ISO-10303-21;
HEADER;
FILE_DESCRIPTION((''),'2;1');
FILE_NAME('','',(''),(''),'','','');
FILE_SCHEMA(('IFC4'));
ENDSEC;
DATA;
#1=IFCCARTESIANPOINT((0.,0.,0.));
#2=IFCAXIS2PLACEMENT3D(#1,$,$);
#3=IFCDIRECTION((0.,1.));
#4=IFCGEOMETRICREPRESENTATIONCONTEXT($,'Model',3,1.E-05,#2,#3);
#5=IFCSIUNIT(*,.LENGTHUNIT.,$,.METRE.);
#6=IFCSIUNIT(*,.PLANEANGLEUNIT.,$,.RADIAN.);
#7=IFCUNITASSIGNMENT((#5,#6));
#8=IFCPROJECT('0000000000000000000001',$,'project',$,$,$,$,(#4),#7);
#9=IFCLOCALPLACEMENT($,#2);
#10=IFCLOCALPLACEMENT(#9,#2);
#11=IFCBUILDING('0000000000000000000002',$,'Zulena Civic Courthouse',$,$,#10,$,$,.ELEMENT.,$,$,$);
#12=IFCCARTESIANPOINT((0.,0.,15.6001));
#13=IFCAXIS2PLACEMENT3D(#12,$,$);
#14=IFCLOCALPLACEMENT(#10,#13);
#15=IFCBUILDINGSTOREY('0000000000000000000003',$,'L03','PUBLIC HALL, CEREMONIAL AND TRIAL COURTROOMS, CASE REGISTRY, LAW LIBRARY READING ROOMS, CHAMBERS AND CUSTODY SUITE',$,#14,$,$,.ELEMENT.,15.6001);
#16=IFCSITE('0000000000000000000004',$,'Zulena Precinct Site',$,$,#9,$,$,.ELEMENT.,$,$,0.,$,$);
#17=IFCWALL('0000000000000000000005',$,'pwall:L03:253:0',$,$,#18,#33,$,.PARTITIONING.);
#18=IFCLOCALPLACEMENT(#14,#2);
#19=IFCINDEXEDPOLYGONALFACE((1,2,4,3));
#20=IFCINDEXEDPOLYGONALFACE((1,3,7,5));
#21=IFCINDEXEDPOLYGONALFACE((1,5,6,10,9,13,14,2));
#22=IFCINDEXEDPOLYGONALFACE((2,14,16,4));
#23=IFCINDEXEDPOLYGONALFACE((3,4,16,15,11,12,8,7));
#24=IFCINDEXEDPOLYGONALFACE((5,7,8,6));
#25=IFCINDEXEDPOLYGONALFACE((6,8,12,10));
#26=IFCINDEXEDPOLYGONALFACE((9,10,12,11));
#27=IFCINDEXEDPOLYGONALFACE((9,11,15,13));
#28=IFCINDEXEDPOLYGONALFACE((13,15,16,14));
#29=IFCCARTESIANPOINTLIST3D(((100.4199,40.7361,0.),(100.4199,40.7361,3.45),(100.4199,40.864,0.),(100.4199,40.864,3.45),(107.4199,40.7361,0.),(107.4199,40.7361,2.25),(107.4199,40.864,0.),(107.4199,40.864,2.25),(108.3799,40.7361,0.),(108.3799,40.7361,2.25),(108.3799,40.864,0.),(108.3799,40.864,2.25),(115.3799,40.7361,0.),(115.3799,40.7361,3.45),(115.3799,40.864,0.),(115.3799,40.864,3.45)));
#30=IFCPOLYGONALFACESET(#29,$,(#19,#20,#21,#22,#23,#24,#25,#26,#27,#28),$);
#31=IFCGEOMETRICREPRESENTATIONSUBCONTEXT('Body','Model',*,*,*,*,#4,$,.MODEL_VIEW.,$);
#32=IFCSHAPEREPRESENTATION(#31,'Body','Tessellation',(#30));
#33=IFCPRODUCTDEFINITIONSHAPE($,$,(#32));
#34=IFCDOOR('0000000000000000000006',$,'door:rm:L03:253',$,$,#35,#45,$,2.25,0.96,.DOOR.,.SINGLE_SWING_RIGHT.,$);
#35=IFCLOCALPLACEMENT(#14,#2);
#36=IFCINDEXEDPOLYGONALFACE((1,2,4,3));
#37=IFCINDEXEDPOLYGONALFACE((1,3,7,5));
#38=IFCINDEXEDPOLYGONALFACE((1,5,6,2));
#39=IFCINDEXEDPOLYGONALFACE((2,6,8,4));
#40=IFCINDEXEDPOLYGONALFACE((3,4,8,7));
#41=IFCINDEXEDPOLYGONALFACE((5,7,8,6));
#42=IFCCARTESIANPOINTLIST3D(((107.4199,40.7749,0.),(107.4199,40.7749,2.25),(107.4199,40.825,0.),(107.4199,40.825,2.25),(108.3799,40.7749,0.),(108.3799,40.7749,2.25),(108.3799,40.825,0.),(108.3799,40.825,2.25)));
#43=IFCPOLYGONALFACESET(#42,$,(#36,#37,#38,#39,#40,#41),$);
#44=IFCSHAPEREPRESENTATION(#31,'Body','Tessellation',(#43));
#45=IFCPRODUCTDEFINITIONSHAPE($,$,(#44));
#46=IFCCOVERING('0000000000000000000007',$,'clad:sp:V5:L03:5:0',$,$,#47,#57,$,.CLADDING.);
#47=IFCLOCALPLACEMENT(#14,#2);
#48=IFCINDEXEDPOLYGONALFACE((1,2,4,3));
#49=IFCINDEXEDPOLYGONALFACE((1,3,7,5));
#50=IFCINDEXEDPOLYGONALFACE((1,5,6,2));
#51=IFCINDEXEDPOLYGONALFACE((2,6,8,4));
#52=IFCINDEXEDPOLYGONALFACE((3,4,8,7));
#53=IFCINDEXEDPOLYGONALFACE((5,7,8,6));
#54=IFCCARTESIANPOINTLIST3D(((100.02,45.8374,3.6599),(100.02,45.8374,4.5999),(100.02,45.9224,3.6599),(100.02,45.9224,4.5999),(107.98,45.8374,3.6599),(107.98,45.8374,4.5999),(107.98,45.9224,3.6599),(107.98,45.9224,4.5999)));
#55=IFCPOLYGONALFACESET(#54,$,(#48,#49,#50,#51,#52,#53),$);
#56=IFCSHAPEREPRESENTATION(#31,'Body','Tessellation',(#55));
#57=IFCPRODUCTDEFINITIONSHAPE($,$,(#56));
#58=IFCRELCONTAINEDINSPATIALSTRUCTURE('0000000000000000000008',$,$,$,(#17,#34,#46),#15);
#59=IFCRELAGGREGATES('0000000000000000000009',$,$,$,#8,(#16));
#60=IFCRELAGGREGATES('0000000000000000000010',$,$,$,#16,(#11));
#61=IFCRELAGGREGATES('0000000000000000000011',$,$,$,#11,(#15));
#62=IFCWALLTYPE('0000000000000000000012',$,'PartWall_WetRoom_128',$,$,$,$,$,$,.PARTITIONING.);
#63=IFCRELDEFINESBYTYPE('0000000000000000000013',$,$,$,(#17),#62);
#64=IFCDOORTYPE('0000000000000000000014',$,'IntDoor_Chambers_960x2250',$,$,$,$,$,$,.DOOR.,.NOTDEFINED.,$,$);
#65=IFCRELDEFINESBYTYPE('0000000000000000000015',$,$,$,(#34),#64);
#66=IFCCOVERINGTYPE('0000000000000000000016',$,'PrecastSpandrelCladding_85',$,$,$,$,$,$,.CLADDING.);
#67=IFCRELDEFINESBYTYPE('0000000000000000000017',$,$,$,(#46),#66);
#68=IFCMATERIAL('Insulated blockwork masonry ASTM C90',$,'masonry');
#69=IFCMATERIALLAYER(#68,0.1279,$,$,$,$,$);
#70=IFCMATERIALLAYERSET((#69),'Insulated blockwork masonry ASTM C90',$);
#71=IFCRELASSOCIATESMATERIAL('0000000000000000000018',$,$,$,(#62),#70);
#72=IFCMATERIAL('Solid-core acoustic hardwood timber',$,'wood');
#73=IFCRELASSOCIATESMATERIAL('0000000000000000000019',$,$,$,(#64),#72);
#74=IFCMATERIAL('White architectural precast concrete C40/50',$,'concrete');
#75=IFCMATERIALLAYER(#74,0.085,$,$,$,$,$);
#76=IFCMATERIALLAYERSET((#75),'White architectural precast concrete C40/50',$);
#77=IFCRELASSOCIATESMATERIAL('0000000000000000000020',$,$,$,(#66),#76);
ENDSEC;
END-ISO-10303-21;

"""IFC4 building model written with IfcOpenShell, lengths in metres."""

from ifc_helpers import new_model, si_unit, direction, frame, frame_2d, origin, origin_2d, place, context, subcontext, project, spatial, rectangle, extrude, material, layer, layer_set, type_object, element, fill, save


model = new_model("IFC4")

# Units and contexts
model_context = context("Model", 3, precision=1e-05, world=origin(), true_north=direction((0.0, 1.0)))
body_context = subcontext(model_context, "Body", "Model", "MODEL_VIEW")
ifc_project = project(units=[si_unit("LENGTHUNIT", "METRE"), si_unit("PLANEANGLEUNIT", "RADIAN")], contexts=[model_context])

# Site, building, storey
site_placement = place(None, origin())
site = spatial("IfcSite", under=ifc_project, at=site_placement, Name="Zulena Precinct Site", CompositionType="ELEMENT", RefElevation=0.0)
building_placement = place(site_placement, origin())
building = spatial("IfcBuilding", under=site, at=building_placement, Name="Zulena Civic Courthouse", CompositionType="ELEMENT")
storey_placement = place(building_placement, frame((0.0, 0.0, 15.6001)))
storey = spatial("IfcBuildingStorey", under=building, at=storey_placement, Name="L03", Description="PUBLIC HALL, CEREMONIAL AND TRIAL COURTROOMS, CASE REGISTRY, LAW LIBRARY READING ROOMS, CHAMBERS AND CUSTODY SUITE", CompositionType="ELEMENT", Elevation=15.6001)

# Wall, opening, door
ifc_material_1 = material(Name="Insulated blockwork masonry ASTM C90", Category="masonry")
ifc_layer_1 = layer(ifc_material_1, 0.1279)
ifc_layer_set_1 = layer_set([ifc_layer_1], Name="Insulated blockwork masonry ASTM C90")
wall_type = type_object("IfcWallType", Name="PartWall_WetRoom_128", PredefinedType="PARTITIONING", material=ifc_layer_set_1)
wall_placement = place(storey_placement, frame((100.4199, 40.8, 0.0), z_axis=(0.0, 0.0, 1.0), x_axis=(1.0, 0.0, 0.0)))
wall = element("IfcWall", 1, at=wall_placement, inside=storey, type_object=wall_type, Name="pwall:L03:253:0", PredefinedType="PARTITIONING", context=body_context, shape_type="SweptSolid", body=[
    extrude(rectangle(XDim=14.96, YDim=0.1279, at=frame_2d((7.48, 0.0))), origin(), (0.0, 0.0, 1.0), 3.45),
])
opening_placement = place(wall_placement, frame((7.0, 0.0, 0.0)))
opening = element("IfcOpeningElement", 2, at=opening_placement, cuts=wall, PredefinedType="OPENING", context=body_context, shape_type="SweptSolid", body=[
    extrude(rectangle(XDim=0.96, YDim=2.25, at=frame_2d((0.48, 1.125))), frame((0.0, 0.074, 0.0), z_axis=(0.0, -1.0, 0.0), x_axis=(1.0, 0.0, 0.0)), (0.0, 0.0, 1.0), 0.1479),
])
ifc_material_2 = material(Name="Solid-core acoustic hardwood timber", Category="wood")
door_type = type_object("IfcDoorType", Name="IntDoor_Chambers_960x2250", OperationType="NOTDEFINED", PredefinedType="DOOR", material=ifc_material_2)
door_placement = place(opening_placement, origin())
door = element("IfcDoor", 3, at=door_placement, inside=storey, type_object=door_type, Name="door:rm:L03:253", OperationType="SINGLE_SWING_RIGHT", OverallHeight=2.25, OverallWidth=0.96, PredefinedType="DOOR", context=body_context, shape_type="SweptSolid", body=[
    extrude(rectangle(XDim=0.96, YDim=2.25, at=frame_2d((0.48, 1.125))), frame((0.0, 0.0249, 0.0), z_axis=(0.0, -1.0, 0.0), x_axis=(1.0, 0.0, 0.0)), (0.0, 0.0, 1.0), 0.05),
])
fill(opening, door)

# Covering
ifc_material_3 = material(Name="White architectural precast concrete C40/50", Category="concrete")
ifc_layer_2 = layer(ifc_material_3, 0.085)
ifc_layer_set_2 = layer_set([ifc_layer_2], Name="White architectural precast concrete C40/50")
covering_type = type_object("IfcCoveringType", Name="PrecastSpandrelCladding_85", PredefinedType="CLADDING", material=ifc_layer_set_2)
covering_placement = place(storey_placement, frame((104.0, 45.8799, 3.6599), z_axis=(0.0, 0.0, 1.0), x_axis=(-1.0, 0.0, 0.0)))
element("IfcCovering", 4, at=covering_placement, inside=storey, type_object=covering_type, Name="clad:sp:V5:L03:5:0", PredefinedType="CLADDING", context=body_context, shape_type="SweptSolid", body=[
    extrude(rectangle(XDim=7.96, YDim=0.085, at=origin_2d()), origin(), (0.0, 0.0, 1.0), 0.9399),
])

save(model, "model.ifc")
